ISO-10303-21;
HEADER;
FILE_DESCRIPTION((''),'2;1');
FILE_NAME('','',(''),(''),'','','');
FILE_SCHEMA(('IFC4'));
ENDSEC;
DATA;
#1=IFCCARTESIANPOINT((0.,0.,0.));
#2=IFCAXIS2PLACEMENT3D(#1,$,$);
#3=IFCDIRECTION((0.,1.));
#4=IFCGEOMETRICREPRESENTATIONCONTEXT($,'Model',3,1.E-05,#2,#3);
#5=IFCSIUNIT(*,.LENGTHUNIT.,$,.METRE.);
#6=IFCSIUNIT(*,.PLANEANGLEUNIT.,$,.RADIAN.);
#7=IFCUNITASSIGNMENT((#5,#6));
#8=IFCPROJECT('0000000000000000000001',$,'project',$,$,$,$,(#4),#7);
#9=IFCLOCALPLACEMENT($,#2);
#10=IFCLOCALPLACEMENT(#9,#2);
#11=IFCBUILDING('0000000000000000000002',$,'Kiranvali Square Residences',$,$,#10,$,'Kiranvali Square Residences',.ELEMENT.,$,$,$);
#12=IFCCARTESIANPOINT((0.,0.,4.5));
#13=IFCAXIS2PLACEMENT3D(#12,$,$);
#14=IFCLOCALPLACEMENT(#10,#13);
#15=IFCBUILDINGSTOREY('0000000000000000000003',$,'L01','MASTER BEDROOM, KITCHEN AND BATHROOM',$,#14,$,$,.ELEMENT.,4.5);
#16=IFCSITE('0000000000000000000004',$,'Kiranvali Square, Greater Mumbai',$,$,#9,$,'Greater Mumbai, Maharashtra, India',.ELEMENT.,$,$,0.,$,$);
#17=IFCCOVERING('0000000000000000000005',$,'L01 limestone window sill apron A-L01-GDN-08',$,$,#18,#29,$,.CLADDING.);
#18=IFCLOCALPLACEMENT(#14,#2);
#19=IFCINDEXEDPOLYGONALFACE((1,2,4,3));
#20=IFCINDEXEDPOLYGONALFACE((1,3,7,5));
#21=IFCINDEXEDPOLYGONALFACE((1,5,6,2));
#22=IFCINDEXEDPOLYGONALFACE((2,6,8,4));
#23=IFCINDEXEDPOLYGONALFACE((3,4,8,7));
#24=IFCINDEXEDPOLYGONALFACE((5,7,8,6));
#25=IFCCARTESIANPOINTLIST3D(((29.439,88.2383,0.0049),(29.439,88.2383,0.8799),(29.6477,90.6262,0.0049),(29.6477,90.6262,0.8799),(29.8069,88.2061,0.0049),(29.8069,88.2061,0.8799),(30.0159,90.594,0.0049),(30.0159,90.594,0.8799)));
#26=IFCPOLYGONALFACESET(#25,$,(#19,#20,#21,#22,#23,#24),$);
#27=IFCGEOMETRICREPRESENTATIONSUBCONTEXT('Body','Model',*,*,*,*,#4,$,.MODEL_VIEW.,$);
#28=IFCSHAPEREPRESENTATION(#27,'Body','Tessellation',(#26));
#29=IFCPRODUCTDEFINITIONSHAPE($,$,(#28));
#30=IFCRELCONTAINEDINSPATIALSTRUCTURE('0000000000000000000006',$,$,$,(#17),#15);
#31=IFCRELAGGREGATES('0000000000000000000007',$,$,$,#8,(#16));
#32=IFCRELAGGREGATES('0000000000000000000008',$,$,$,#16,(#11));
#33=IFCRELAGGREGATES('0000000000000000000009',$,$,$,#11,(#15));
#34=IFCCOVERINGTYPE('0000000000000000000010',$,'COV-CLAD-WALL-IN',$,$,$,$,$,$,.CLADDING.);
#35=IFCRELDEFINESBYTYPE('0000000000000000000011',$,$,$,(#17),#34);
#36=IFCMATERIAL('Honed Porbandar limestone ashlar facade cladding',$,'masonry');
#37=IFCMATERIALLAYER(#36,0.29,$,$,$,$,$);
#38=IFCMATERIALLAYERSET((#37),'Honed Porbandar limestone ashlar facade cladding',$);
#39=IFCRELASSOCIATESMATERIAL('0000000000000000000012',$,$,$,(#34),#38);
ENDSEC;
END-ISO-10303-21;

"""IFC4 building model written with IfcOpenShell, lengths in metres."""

from ifc_helpers import new_model, si_unit, direction, frame, origin, place, context, subcontext, project, spatial, polyline, outline, extrude, material, layer, layer_set, type_object, element, save


model = new_model("IFC4")

# Units and contexts
model_context = context("Model", 3, precision=1e-05, world=origin(), true_north=direction((0.0, 1.0)))
body_context = subcontext(model_context, "Body", "Model", "MODEL_VIEW")
ifc_project = project(units=[si_unit("LENGTHUNIT", "METRE"), si_unit("PLANEANGLEUNIT", "RADIAN")], contexts=[model_context])

# Site, building, storey
site_placement = place(None, origin())
site = spatial("IfcSite", under=ifc_project, at=site_placement, Name="Kiranvali Square, Greater Mumbai", LongName="Greater Mumbai, Maharashtra, India", CompositionType="ELEMENT", RefElevation=0.0)
building_placement = place(site_placement, origin())
building = spatial("IfcBuilding", under=site, at=building_placement, Name="Kiranvali Square Residences", LongName="Kiranvali Square Residences", CompositionType="ELEMENT")
storey_placement = place(building_placement, frame((0.0, 0.0, 4.5)))
storey = spatial("IfcBuildingStorey", under=building, at=storey_placement, Name="L01", Description="MASTER BEDROOM, KITCHEN AND BATHROOM", CompositionType="ELEMENT", Elevation=4.5)

# Covering
ifc_material_1 = material(Name="Honed Porbandar limestone ashlar facade cladding", Category="masonry")
ifc_layer_1 = layer(ifc_material_1, 0.29)
ifc_layer_set_1 = layer_set([ifc_layer_1], Name="Honed Porbandar limestone ashlar facade cladding")
covering_type_1 = type_object("IfcCoveringType", Name="COV-CLAD-WALL-IN", PredefinedType="CLADDING", material=ifc_layer_set_1)
covering_1_placement = place(storey_placement, frame((0.0, 0.0, 0.0049)))
element("IfcCovering", 1, at=covering_1_placement, inside=storey, type_object=covering_type_1, Name="L01 limestone window sill apron A-L01-GDN-08", PredefinedType="CLADDING", context=body_context, shape_type="SweptSolid", body=[
    extrude(outline(polyline([(29.6477, 90.6262), (29.439, 88.2383), (29.8069, 88.2061), (30.0159, 90.594), (29.6477, 90.6262)])), origin(), (0.0, 0.0, 1.0), 0.875),
])

save(model, "model.ifc")
